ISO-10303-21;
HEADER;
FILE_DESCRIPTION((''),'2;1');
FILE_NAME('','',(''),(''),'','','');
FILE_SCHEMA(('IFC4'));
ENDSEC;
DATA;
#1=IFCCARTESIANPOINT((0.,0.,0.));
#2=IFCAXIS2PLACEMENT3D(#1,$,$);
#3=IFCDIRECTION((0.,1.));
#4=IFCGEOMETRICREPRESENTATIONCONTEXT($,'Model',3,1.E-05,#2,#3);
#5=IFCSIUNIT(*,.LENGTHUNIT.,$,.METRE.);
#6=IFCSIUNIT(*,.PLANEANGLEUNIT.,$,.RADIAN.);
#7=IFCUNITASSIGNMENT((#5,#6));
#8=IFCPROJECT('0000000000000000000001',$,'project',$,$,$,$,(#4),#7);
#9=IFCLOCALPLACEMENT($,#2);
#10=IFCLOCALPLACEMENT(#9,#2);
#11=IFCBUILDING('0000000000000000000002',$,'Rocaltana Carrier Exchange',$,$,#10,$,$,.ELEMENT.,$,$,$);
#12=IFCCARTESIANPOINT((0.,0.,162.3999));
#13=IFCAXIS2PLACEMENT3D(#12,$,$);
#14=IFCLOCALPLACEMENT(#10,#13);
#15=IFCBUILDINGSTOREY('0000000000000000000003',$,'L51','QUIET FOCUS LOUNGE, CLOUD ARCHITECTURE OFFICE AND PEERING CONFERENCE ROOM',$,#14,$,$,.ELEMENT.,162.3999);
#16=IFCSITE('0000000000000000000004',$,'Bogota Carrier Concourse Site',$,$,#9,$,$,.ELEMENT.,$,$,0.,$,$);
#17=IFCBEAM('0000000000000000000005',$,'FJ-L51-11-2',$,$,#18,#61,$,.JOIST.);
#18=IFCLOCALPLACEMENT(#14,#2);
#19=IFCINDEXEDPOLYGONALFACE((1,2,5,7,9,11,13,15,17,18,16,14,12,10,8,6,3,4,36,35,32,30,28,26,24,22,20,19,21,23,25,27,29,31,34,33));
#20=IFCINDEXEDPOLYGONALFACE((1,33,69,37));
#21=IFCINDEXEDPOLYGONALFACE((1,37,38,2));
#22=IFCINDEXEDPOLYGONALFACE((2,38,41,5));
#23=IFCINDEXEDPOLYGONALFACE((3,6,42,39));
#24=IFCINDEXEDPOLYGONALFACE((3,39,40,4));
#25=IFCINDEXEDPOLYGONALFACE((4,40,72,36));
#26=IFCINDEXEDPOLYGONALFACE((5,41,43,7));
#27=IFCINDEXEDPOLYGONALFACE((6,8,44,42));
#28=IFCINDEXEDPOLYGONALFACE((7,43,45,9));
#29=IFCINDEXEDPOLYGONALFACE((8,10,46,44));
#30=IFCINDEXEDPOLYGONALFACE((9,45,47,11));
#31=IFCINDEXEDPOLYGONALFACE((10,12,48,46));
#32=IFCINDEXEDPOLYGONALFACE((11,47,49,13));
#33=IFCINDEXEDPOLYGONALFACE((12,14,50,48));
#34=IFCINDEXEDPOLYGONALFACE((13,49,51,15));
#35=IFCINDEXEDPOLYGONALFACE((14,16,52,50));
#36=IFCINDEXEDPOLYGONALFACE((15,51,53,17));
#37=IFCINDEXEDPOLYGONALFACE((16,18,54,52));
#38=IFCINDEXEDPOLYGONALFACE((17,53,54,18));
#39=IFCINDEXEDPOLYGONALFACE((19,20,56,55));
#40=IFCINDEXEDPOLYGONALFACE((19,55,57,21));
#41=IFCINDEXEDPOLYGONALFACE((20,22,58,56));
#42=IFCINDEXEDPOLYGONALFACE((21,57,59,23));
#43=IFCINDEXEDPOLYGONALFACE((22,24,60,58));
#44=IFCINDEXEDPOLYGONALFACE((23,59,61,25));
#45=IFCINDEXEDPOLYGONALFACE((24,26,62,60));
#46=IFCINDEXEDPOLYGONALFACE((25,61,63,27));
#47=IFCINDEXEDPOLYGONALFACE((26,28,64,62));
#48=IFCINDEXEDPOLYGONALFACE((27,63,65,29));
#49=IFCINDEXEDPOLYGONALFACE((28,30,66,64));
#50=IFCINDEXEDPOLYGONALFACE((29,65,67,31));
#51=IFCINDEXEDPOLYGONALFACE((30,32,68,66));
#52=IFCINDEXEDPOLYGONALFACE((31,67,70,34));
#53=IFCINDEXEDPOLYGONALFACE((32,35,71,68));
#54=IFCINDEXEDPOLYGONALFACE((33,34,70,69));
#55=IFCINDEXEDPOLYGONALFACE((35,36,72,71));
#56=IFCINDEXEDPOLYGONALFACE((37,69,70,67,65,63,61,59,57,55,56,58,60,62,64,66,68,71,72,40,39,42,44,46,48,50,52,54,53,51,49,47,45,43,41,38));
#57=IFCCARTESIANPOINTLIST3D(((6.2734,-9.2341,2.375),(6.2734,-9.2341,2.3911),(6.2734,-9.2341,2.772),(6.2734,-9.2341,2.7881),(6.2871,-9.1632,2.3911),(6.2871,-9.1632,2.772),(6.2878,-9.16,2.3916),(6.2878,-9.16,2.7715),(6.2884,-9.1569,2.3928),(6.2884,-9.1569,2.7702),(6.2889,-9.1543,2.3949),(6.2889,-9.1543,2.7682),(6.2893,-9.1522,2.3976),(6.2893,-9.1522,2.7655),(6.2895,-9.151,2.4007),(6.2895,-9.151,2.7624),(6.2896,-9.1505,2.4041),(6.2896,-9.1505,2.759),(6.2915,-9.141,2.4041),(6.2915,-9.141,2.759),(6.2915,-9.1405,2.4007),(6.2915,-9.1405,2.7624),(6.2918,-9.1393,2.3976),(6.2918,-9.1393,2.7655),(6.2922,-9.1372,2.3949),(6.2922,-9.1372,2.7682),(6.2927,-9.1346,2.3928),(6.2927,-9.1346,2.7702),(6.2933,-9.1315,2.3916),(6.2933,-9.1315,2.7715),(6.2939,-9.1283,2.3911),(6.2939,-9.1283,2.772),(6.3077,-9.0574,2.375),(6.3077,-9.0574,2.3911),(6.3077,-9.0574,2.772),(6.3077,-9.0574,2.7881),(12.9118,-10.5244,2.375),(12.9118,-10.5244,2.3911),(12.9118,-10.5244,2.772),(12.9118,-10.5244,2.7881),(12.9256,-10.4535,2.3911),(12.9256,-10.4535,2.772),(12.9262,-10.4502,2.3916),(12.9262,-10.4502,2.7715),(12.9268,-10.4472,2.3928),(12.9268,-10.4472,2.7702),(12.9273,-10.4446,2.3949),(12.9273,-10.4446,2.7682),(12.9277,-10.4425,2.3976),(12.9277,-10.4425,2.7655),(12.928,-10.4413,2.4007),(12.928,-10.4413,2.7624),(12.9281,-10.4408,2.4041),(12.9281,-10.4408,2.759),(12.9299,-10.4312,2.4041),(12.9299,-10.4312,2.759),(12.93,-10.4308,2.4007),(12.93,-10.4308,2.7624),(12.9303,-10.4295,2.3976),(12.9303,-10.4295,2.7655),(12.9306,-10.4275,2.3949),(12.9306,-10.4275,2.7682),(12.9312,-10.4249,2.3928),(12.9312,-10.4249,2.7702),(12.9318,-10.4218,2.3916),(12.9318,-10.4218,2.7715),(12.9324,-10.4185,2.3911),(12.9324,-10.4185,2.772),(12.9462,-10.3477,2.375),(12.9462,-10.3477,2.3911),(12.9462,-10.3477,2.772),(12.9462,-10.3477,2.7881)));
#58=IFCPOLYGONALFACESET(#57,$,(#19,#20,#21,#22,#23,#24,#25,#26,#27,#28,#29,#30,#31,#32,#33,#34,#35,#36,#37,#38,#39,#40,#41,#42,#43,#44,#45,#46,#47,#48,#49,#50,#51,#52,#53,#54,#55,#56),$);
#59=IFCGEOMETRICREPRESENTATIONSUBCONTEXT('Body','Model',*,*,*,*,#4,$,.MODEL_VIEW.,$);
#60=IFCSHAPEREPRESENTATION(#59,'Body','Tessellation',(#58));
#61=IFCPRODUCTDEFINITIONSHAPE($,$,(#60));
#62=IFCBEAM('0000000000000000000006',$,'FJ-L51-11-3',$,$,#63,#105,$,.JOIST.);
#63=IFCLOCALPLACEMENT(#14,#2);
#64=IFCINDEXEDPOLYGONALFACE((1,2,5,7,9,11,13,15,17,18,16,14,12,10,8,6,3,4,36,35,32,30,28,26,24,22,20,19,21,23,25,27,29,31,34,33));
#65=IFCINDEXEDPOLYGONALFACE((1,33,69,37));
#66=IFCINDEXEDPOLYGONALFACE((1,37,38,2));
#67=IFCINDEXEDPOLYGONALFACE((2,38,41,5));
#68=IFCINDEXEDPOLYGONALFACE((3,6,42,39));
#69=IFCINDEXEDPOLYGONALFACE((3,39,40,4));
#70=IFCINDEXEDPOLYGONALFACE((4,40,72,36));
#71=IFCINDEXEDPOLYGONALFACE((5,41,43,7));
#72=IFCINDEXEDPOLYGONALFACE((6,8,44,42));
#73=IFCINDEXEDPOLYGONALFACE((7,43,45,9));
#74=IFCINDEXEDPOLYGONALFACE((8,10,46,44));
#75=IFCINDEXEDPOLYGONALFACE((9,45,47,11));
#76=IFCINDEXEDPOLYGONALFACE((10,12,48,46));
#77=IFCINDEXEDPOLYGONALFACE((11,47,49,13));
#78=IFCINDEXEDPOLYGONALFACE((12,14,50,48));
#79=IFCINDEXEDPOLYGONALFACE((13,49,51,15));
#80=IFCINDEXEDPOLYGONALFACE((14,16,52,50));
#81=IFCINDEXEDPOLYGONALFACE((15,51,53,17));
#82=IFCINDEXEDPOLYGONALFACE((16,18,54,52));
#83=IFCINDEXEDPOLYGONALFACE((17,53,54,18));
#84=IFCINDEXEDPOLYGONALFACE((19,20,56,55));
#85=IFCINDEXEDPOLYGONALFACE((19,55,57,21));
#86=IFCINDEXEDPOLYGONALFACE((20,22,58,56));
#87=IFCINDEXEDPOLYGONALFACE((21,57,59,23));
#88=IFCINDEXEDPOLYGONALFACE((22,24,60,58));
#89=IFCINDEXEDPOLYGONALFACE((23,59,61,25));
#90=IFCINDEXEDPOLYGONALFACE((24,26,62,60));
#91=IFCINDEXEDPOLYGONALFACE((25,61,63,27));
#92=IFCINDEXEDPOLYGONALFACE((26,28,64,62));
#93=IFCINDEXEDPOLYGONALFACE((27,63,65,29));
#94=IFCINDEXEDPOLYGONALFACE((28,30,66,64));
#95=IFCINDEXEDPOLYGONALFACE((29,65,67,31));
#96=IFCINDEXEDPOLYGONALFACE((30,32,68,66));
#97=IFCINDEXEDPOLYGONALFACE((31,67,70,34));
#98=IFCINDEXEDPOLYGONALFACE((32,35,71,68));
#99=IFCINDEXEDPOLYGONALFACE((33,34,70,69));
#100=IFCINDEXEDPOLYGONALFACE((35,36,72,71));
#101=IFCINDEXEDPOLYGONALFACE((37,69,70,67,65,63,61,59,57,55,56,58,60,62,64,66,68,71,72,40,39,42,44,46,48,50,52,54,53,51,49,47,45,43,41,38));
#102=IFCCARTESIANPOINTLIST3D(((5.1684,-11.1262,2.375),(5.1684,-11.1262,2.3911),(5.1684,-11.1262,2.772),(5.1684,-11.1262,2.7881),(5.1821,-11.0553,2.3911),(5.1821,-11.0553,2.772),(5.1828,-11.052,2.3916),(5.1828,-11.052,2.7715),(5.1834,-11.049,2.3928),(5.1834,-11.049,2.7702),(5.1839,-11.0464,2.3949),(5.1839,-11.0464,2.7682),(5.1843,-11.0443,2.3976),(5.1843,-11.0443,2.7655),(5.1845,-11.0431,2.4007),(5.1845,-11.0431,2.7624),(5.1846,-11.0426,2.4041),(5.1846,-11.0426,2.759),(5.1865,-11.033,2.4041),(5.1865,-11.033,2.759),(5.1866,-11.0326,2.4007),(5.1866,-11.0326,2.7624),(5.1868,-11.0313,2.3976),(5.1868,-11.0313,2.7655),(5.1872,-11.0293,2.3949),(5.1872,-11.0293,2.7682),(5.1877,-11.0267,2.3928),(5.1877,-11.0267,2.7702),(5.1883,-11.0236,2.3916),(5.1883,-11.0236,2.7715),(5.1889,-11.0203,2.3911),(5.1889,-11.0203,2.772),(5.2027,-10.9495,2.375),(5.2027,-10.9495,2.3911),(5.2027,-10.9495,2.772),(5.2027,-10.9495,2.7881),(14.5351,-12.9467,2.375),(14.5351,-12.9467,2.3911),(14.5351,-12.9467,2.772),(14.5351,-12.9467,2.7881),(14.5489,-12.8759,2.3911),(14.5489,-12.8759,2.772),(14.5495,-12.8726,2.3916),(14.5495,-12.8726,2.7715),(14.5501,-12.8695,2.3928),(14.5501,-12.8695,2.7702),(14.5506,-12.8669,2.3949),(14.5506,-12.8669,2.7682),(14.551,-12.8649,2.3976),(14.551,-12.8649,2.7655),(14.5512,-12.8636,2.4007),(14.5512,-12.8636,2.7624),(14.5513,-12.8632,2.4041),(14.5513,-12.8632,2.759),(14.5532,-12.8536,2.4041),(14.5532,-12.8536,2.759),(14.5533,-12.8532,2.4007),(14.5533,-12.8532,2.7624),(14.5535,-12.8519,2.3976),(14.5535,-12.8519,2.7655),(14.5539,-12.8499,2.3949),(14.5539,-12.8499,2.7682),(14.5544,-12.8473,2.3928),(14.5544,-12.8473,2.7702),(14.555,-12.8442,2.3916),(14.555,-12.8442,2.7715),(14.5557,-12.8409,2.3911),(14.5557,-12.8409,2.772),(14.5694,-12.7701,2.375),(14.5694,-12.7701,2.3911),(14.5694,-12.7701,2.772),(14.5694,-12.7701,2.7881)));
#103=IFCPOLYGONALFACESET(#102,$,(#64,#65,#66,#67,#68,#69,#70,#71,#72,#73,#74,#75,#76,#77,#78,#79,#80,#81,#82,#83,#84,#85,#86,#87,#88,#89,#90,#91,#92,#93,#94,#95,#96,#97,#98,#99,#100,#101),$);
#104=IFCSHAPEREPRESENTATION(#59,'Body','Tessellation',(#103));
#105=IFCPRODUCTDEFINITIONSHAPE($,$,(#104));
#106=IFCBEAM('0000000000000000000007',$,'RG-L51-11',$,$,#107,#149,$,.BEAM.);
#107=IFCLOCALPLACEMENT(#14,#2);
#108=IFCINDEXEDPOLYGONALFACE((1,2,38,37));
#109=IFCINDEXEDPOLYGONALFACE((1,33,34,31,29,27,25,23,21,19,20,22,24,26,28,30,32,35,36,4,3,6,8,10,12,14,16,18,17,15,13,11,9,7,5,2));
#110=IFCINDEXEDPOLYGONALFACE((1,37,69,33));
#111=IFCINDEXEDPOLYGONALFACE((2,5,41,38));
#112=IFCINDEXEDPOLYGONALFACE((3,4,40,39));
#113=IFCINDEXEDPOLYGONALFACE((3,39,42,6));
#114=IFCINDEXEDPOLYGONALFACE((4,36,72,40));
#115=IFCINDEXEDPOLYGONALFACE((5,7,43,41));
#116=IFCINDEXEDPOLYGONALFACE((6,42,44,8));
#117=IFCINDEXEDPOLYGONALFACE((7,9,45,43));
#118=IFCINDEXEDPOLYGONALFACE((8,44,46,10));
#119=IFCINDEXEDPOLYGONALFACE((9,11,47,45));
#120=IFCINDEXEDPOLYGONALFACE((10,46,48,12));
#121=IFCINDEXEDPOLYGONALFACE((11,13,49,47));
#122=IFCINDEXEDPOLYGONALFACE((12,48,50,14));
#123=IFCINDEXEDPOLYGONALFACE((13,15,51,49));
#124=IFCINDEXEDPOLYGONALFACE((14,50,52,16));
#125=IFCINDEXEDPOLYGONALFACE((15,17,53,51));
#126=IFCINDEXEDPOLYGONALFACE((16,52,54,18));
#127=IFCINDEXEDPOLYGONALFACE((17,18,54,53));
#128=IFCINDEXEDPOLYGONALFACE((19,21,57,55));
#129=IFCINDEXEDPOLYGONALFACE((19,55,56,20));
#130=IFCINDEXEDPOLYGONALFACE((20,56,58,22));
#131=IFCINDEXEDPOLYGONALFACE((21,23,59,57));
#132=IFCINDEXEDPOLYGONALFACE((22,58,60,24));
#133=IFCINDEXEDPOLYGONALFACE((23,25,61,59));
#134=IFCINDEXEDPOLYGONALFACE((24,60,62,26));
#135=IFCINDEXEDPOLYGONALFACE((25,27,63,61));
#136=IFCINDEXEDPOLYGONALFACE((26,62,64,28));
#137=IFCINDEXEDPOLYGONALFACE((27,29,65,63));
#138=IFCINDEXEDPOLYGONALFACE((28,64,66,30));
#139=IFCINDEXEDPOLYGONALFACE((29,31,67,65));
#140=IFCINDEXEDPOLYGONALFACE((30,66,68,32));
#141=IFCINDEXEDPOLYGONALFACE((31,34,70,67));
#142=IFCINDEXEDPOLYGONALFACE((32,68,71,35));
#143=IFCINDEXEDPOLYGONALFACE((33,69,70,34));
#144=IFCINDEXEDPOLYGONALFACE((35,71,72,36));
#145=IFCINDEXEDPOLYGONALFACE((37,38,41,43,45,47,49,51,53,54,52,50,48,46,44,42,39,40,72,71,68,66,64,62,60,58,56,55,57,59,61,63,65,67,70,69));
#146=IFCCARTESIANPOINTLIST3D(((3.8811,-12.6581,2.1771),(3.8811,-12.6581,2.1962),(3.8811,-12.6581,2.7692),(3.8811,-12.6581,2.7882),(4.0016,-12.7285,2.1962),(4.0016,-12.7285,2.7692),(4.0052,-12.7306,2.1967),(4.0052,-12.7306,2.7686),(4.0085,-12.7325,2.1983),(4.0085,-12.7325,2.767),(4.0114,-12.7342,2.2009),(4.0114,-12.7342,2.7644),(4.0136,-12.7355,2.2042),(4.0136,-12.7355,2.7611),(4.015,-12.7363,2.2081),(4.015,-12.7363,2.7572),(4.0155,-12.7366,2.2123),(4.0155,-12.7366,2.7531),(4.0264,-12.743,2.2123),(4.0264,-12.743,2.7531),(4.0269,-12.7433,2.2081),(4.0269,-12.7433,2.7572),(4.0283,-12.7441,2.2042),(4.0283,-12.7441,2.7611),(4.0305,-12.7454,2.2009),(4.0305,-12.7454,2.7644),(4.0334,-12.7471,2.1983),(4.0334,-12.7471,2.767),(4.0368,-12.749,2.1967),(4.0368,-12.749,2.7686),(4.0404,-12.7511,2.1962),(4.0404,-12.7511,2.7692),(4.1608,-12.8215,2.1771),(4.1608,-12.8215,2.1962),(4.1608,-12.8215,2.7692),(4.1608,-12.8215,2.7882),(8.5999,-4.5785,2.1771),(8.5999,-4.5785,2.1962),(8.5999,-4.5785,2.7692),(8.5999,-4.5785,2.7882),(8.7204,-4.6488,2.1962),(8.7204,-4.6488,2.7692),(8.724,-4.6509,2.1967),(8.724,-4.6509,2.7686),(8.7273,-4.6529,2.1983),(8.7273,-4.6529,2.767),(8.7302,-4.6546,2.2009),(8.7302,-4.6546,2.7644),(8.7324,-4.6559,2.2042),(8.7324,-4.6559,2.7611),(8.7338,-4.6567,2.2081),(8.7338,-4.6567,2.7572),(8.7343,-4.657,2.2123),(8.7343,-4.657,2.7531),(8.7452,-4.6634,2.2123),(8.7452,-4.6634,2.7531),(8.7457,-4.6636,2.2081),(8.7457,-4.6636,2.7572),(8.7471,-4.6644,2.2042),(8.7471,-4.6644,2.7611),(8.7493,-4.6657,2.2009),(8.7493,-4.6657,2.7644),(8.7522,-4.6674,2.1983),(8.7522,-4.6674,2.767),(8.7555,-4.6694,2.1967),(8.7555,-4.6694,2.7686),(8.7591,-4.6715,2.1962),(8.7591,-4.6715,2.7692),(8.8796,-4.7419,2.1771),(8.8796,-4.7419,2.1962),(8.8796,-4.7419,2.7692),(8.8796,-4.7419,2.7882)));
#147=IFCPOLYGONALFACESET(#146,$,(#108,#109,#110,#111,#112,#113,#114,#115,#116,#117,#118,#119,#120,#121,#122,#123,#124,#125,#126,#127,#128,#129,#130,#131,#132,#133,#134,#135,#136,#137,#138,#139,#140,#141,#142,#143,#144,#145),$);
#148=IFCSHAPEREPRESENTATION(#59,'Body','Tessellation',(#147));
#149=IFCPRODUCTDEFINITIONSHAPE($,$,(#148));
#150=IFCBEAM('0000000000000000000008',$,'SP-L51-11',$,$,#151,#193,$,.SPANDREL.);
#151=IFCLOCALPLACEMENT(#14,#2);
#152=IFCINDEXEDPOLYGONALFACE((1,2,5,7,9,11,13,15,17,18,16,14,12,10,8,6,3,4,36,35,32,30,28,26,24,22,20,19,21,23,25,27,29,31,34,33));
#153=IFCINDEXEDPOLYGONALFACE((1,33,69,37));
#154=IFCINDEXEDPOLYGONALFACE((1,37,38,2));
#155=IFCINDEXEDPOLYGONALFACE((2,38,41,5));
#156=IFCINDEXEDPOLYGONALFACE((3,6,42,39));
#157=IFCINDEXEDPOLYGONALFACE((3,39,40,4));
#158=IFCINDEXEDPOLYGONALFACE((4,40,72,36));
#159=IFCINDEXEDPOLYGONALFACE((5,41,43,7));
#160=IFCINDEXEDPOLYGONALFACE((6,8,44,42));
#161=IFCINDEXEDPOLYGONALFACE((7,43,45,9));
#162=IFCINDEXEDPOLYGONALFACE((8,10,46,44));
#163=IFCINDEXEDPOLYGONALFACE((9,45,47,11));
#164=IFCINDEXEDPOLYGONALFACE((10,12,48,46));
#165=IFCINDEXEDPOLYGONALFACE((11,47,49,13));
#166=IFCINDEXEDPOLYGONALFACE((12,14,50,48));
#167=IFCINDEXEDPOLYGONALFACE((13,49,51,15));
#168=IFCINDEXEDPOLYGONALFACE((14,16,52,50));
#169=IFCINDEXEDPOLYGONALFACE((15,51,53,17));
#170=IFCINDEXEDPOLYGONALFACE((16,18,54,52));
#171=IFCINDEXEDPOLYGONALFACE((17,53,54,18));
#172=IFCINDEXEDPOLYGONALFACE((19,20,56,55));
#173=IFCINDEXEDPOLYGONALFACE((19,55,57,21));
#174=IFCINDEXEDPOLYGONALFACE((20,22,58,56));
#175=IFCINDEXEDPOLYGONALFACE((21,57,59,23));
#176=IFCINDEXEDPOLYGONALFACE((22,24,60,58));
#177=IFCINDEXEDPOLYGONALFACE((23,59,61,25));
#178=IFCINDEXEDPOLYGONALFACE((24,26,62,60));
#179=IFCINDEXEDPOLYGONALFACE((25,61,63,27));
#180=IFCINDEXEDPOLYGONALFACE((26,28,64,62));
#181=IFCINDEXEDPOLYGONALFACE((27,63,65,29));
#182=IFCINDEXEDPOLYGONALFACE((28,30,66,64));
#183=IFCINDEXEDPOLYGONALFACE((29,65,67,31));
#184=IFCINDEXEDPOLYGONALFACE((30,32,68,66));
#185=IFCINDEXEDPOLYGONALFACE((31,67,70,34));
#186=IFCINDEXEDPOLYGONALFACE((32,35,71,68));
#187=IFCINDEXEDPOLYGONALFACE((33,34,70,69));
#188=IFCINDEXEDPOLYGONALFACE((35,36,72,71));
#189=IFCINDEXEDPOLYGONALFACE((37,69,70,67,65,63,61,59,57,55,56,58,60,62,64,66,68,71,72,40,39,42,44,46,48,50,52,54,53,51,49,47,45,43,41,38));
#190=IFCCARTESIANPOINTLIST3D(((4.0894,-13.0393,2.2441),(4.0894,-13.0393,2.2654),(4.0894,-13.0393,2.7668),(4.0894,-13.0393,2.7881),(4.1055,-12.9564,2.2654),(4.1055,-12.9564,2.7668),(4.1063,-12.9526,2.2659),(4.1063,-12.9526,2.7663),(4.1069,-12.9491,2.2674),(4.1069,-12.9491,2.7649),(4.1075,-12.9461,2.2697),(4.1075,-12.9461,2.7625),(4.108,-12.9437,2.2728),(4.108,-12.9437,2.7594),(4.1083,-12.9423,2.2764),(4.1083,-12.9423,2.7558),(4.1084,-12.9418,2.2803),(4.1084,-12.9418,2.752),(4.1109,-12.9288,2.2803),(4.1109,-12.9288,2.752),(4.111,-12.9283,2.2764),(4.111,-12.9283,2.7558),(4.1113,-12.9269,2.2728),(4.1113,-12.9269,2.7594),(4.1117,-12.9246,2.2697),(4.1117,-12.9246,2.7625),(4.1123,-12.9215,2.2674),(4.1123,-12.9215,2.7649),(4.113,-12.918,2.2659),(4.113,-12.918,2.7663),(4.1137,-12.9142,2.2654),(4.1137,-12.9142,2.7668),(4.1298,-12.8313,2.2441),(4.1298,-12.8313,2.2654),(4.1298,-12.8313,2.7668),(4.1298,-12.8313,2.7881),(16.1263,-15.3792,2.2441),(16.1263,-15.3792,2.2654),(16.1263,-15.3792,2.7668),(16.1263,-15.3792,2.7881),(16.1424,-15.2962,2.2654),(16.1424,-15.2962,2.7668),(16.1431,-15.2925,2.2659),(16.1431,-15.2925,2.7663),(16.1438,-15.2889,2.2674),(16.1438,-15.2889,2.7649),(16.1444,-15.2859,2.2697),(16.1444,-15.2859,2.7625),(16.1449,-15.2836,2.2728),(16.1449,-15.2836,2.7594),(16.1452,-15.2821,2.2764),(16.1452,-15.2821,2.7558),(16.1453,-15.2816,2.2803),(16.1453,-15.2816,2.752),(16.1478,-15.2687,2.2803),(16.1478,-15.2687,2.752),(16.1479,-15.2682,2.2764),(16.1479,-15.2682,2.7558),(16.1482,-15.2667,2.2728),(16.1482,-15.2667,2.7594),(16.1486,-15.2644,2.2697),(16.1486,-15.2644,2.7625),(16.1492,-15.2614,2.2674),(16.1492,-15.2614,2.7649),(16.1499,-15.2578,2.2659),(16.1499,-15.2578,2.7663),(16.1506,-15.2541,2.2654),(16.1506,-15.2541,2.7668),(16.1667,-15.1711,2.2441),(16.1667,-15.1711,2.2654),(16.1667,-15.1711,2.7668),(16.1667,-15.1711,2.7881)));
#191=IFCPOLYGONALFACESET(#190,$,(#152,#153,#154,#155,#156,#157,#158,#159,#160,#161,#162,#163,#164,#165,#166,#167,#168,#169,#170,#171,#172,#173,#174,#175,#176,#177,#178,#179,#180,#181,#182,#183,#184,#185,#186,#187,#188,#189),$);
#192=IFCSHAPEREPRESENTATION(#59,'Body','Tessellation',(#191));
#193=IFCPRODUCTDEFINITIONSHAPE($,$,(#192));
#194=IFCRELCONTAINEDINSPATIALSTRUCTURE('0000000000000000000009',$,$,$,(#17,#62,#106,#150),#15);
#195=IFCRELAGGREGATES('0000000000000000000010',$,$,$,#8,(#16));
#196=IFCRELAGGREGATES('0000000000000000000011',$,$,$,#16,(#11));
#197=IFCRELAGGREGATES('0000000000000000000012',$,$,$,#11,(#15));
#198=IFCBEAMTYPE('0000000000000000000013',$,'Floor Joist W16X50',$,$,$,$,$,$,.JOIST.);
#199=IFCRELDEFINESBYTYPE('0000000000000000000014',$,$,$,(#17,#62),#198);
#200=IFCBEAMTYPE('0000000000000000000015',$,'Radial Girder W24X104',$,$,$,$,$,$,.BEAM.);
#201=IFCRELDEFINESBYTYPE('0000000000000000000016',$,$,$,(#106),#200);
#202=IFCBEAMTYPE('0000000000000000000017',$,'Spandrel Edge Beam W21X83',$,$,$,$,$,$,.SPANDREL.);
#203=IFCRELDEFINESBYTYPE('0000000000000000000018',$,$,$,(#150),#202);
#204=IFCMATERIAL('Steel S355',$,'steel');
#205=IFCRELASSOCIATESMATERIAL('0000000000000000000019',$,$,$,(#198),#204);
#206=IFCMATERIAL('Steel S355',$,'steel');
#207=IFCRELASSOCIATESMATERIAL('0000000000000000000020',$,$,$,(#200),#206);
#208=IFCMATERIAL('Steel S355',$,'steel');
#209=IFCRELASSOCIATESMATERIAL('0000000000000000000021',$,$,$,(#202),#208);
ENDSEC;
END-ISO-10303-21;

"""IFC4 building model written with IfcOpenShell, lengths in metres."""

from ifc_helpers import new_model, si_unit, direction, frame, origin, origin_2d, place, context, subcontext, project, spatial, i_section, extrude, material, material_profile, profile_set, type_object, element, save


model = new_model("IFC4")

# Units and contexts
model_context = context("Model", 3, precision=1e-05, world=origin(), true_north=direction((0.0, 1.0)))
body_context = subcontext(model_context, "Body", "Model", "MODEL_VIEW")
ifc_project = project(units=[si_unit("LENGTHUNIT", "METRE"), si_unit("PLANEANGLEUNIT", "RADIAN")], contexts=[model_context])

# Site, building, storey
site_placement = place(None, origin())
site = spatial("IfcSite", under=ifc_project, at=site_placement, Name="Bogota Carrier Concourse Site", CompositionType="ELEMENT", RefElevation=0.0)
building_placement = place(site_placement, origin())
building = spatial("IfcBuilding", under=site, at=building_placement, Name="Rocaltana Carrier Exchange", CompositionType="ELEMENT")
storey_placement = place(building_placement, frame((0.0, 0.0, 162.3999)))
storey = spatial("IfcBuildingStorey", under=building, at=storey_placement, Name="L51", Description="QUIET FOCUS LOUNGE, CLOUD ARCHITECTURE OFFICE AND PEERING CONFERENCE ROOM", CompositionType="ELEMENT", Elevation=162.3999)

# Beams
ifc_material_1 = material(Name="Steel S355", Category="steel")
ifc_material_profile_1 = material_profile(ifc_material_1, i_section(OverallWidth=0.1799, OverallDepth=0.4131, WebThickness=0.0098, FlangeThickness=0.0161, FilletRadius=0.0129, at=origin_2d()), Name="W16X50")
ifc_profile_set_1 = profile_set([ifc_material_profile_1], Name="Steel S355")
beam_type_1 = type_object("IfcBeamType", Name="Floor Joist W16X50", PredefinedType="JOIST", material=ifc_profile_set_1)
beam_1_placement = place(storey_placement, frame((6.2905, -9.1458, 2.5815), z_axis=(0.98163, -0.190795, 0.0), x_axis=(0.190795, 0.98163, 0.0)))
element("IfcBeam", 1, at=beam_1_placement, inside=storey, type_object=beam_type_1, Name="FJ-L51-11-2", PredefinedType="JOIST", context=body_context, shape_type="SweptSolid", body=[
    extrude(i_section(OverallWidth=0.1799, OverallDepth=0.4131, WebThickness=0.0098, FlangeThickness=0.0161, FilletRadius=0.0129, at=origin_2d()), origin(), (0.0, 0.0, 1.0), 6.7627),
])
beam_2_placement = place(storey_placement, frame((5.1855, -11.0378, 2.5815), z_axis=(0.98163, -0.190794, 0.0), x_axis=(0.190794, 0.98163, 0.0)))
element("IfcBeam", 2, at=beam_2_placement, inside=storey, type_object=beam_type_1, Name="FJ-L51-11-3", PredefinedType="JOIST", context=body_context, shape_type="SweptSolid", body=[
    extrude(i_section(OverallWidth=0.1799, OverallDepth=0.4131, WebThickness=0.0098, FlangeThickness=0.0161, FilletRadius=0.0129, at=origin_2d()), origin(), (0.0, 0.0, 1.0), 9.542),
])
ifc_material_2 = material(Name="Steel S355", Category="steel")
ifc_material_profile_2 = material_profile(ifc_material_2, i_section(OverallWidth=0.324, OverallDepth=0.6111, WebThickness=0.0127, FlangeThickness=0.019, FilletRadius=0.0161, at=origin_2d()), Name="W24X104")
ifc_profile_set_2 = profile_set([ifc_material_profile_2], Name="Steel S355")
beam_type_2 = type_object("IfcBeamType", Name="Radial Girder W24X104", PredefinedType="BEAM", material=ifc_profile_set_2)
beam_3_placement = place(storey_placement, frame((8.7397, -4.6602, 2.4827), z_axis=(-0.504322, -0.863516, 0.0), x_axis=(0.863516, -0.504322, 0.0)))
element("IfcBeam", 3, at=beam_3_placement, inside=storey, type_object=beam_type_2, Name="RG-L51-11", PredefinedType="BEAM", context=body_context, shape_type="SweptSolid", body=[
    extrude(i_section(OverallWidth=0.324, OverallDepth=0.6111, WebThickness=0.0127, FlangeThickness=0.019, FilletRadius=0.0161, at=origin_2d()), origin(), (0.0, 0.0, 1.0), 9.3567),
])
ifc_material_3 = material(Name="Steel S355", Category="steel")
ifc_material_profile_3 = material_profile(ifc_material_3, i_section(OverallWidth=0.2119, OverallDepth=0.5439, WebThickness=0.0132, FlangeThickness=0.0212, FilletRadius=0.0149, at=origin_2d()), Name="W21X83")
ifc_profile_set_3 = profile_set([ifc_material_profile_3], Name="Steel S355")
beam_type_3 = type_object("IfcBeamType", Name="Spandrel Edge Beam W21X83", PredefinedType="SPANDREL", material=ifc_profile_set_3)
beam_4_placement = place(storey_placement, frame((4.1096, -12.9353, 2.5161), z_axis=(0.981625, -0.190818, 0.0), x_axis=(0.190818, 0.981625, 0.0)))
element("IfcBeam", 4, at=beam_4_placement, inside=storey, type_object=beam_type_3, Name="SP-L51-11", PredefinedType="SPANDREL", context=body_context, shape_type="SweptSolid", body=[
    extrude(i_section(OverallWidth=0.2119, OverallDepth=0.5439, WebThickness=0.0132, FlangeThickness=0.0212, FilletRadius=0.0149, at=origin_2d()), origin(), (0.0, 0.0, 1.0), 12.2622),
])

save(model, "model.ifc")
